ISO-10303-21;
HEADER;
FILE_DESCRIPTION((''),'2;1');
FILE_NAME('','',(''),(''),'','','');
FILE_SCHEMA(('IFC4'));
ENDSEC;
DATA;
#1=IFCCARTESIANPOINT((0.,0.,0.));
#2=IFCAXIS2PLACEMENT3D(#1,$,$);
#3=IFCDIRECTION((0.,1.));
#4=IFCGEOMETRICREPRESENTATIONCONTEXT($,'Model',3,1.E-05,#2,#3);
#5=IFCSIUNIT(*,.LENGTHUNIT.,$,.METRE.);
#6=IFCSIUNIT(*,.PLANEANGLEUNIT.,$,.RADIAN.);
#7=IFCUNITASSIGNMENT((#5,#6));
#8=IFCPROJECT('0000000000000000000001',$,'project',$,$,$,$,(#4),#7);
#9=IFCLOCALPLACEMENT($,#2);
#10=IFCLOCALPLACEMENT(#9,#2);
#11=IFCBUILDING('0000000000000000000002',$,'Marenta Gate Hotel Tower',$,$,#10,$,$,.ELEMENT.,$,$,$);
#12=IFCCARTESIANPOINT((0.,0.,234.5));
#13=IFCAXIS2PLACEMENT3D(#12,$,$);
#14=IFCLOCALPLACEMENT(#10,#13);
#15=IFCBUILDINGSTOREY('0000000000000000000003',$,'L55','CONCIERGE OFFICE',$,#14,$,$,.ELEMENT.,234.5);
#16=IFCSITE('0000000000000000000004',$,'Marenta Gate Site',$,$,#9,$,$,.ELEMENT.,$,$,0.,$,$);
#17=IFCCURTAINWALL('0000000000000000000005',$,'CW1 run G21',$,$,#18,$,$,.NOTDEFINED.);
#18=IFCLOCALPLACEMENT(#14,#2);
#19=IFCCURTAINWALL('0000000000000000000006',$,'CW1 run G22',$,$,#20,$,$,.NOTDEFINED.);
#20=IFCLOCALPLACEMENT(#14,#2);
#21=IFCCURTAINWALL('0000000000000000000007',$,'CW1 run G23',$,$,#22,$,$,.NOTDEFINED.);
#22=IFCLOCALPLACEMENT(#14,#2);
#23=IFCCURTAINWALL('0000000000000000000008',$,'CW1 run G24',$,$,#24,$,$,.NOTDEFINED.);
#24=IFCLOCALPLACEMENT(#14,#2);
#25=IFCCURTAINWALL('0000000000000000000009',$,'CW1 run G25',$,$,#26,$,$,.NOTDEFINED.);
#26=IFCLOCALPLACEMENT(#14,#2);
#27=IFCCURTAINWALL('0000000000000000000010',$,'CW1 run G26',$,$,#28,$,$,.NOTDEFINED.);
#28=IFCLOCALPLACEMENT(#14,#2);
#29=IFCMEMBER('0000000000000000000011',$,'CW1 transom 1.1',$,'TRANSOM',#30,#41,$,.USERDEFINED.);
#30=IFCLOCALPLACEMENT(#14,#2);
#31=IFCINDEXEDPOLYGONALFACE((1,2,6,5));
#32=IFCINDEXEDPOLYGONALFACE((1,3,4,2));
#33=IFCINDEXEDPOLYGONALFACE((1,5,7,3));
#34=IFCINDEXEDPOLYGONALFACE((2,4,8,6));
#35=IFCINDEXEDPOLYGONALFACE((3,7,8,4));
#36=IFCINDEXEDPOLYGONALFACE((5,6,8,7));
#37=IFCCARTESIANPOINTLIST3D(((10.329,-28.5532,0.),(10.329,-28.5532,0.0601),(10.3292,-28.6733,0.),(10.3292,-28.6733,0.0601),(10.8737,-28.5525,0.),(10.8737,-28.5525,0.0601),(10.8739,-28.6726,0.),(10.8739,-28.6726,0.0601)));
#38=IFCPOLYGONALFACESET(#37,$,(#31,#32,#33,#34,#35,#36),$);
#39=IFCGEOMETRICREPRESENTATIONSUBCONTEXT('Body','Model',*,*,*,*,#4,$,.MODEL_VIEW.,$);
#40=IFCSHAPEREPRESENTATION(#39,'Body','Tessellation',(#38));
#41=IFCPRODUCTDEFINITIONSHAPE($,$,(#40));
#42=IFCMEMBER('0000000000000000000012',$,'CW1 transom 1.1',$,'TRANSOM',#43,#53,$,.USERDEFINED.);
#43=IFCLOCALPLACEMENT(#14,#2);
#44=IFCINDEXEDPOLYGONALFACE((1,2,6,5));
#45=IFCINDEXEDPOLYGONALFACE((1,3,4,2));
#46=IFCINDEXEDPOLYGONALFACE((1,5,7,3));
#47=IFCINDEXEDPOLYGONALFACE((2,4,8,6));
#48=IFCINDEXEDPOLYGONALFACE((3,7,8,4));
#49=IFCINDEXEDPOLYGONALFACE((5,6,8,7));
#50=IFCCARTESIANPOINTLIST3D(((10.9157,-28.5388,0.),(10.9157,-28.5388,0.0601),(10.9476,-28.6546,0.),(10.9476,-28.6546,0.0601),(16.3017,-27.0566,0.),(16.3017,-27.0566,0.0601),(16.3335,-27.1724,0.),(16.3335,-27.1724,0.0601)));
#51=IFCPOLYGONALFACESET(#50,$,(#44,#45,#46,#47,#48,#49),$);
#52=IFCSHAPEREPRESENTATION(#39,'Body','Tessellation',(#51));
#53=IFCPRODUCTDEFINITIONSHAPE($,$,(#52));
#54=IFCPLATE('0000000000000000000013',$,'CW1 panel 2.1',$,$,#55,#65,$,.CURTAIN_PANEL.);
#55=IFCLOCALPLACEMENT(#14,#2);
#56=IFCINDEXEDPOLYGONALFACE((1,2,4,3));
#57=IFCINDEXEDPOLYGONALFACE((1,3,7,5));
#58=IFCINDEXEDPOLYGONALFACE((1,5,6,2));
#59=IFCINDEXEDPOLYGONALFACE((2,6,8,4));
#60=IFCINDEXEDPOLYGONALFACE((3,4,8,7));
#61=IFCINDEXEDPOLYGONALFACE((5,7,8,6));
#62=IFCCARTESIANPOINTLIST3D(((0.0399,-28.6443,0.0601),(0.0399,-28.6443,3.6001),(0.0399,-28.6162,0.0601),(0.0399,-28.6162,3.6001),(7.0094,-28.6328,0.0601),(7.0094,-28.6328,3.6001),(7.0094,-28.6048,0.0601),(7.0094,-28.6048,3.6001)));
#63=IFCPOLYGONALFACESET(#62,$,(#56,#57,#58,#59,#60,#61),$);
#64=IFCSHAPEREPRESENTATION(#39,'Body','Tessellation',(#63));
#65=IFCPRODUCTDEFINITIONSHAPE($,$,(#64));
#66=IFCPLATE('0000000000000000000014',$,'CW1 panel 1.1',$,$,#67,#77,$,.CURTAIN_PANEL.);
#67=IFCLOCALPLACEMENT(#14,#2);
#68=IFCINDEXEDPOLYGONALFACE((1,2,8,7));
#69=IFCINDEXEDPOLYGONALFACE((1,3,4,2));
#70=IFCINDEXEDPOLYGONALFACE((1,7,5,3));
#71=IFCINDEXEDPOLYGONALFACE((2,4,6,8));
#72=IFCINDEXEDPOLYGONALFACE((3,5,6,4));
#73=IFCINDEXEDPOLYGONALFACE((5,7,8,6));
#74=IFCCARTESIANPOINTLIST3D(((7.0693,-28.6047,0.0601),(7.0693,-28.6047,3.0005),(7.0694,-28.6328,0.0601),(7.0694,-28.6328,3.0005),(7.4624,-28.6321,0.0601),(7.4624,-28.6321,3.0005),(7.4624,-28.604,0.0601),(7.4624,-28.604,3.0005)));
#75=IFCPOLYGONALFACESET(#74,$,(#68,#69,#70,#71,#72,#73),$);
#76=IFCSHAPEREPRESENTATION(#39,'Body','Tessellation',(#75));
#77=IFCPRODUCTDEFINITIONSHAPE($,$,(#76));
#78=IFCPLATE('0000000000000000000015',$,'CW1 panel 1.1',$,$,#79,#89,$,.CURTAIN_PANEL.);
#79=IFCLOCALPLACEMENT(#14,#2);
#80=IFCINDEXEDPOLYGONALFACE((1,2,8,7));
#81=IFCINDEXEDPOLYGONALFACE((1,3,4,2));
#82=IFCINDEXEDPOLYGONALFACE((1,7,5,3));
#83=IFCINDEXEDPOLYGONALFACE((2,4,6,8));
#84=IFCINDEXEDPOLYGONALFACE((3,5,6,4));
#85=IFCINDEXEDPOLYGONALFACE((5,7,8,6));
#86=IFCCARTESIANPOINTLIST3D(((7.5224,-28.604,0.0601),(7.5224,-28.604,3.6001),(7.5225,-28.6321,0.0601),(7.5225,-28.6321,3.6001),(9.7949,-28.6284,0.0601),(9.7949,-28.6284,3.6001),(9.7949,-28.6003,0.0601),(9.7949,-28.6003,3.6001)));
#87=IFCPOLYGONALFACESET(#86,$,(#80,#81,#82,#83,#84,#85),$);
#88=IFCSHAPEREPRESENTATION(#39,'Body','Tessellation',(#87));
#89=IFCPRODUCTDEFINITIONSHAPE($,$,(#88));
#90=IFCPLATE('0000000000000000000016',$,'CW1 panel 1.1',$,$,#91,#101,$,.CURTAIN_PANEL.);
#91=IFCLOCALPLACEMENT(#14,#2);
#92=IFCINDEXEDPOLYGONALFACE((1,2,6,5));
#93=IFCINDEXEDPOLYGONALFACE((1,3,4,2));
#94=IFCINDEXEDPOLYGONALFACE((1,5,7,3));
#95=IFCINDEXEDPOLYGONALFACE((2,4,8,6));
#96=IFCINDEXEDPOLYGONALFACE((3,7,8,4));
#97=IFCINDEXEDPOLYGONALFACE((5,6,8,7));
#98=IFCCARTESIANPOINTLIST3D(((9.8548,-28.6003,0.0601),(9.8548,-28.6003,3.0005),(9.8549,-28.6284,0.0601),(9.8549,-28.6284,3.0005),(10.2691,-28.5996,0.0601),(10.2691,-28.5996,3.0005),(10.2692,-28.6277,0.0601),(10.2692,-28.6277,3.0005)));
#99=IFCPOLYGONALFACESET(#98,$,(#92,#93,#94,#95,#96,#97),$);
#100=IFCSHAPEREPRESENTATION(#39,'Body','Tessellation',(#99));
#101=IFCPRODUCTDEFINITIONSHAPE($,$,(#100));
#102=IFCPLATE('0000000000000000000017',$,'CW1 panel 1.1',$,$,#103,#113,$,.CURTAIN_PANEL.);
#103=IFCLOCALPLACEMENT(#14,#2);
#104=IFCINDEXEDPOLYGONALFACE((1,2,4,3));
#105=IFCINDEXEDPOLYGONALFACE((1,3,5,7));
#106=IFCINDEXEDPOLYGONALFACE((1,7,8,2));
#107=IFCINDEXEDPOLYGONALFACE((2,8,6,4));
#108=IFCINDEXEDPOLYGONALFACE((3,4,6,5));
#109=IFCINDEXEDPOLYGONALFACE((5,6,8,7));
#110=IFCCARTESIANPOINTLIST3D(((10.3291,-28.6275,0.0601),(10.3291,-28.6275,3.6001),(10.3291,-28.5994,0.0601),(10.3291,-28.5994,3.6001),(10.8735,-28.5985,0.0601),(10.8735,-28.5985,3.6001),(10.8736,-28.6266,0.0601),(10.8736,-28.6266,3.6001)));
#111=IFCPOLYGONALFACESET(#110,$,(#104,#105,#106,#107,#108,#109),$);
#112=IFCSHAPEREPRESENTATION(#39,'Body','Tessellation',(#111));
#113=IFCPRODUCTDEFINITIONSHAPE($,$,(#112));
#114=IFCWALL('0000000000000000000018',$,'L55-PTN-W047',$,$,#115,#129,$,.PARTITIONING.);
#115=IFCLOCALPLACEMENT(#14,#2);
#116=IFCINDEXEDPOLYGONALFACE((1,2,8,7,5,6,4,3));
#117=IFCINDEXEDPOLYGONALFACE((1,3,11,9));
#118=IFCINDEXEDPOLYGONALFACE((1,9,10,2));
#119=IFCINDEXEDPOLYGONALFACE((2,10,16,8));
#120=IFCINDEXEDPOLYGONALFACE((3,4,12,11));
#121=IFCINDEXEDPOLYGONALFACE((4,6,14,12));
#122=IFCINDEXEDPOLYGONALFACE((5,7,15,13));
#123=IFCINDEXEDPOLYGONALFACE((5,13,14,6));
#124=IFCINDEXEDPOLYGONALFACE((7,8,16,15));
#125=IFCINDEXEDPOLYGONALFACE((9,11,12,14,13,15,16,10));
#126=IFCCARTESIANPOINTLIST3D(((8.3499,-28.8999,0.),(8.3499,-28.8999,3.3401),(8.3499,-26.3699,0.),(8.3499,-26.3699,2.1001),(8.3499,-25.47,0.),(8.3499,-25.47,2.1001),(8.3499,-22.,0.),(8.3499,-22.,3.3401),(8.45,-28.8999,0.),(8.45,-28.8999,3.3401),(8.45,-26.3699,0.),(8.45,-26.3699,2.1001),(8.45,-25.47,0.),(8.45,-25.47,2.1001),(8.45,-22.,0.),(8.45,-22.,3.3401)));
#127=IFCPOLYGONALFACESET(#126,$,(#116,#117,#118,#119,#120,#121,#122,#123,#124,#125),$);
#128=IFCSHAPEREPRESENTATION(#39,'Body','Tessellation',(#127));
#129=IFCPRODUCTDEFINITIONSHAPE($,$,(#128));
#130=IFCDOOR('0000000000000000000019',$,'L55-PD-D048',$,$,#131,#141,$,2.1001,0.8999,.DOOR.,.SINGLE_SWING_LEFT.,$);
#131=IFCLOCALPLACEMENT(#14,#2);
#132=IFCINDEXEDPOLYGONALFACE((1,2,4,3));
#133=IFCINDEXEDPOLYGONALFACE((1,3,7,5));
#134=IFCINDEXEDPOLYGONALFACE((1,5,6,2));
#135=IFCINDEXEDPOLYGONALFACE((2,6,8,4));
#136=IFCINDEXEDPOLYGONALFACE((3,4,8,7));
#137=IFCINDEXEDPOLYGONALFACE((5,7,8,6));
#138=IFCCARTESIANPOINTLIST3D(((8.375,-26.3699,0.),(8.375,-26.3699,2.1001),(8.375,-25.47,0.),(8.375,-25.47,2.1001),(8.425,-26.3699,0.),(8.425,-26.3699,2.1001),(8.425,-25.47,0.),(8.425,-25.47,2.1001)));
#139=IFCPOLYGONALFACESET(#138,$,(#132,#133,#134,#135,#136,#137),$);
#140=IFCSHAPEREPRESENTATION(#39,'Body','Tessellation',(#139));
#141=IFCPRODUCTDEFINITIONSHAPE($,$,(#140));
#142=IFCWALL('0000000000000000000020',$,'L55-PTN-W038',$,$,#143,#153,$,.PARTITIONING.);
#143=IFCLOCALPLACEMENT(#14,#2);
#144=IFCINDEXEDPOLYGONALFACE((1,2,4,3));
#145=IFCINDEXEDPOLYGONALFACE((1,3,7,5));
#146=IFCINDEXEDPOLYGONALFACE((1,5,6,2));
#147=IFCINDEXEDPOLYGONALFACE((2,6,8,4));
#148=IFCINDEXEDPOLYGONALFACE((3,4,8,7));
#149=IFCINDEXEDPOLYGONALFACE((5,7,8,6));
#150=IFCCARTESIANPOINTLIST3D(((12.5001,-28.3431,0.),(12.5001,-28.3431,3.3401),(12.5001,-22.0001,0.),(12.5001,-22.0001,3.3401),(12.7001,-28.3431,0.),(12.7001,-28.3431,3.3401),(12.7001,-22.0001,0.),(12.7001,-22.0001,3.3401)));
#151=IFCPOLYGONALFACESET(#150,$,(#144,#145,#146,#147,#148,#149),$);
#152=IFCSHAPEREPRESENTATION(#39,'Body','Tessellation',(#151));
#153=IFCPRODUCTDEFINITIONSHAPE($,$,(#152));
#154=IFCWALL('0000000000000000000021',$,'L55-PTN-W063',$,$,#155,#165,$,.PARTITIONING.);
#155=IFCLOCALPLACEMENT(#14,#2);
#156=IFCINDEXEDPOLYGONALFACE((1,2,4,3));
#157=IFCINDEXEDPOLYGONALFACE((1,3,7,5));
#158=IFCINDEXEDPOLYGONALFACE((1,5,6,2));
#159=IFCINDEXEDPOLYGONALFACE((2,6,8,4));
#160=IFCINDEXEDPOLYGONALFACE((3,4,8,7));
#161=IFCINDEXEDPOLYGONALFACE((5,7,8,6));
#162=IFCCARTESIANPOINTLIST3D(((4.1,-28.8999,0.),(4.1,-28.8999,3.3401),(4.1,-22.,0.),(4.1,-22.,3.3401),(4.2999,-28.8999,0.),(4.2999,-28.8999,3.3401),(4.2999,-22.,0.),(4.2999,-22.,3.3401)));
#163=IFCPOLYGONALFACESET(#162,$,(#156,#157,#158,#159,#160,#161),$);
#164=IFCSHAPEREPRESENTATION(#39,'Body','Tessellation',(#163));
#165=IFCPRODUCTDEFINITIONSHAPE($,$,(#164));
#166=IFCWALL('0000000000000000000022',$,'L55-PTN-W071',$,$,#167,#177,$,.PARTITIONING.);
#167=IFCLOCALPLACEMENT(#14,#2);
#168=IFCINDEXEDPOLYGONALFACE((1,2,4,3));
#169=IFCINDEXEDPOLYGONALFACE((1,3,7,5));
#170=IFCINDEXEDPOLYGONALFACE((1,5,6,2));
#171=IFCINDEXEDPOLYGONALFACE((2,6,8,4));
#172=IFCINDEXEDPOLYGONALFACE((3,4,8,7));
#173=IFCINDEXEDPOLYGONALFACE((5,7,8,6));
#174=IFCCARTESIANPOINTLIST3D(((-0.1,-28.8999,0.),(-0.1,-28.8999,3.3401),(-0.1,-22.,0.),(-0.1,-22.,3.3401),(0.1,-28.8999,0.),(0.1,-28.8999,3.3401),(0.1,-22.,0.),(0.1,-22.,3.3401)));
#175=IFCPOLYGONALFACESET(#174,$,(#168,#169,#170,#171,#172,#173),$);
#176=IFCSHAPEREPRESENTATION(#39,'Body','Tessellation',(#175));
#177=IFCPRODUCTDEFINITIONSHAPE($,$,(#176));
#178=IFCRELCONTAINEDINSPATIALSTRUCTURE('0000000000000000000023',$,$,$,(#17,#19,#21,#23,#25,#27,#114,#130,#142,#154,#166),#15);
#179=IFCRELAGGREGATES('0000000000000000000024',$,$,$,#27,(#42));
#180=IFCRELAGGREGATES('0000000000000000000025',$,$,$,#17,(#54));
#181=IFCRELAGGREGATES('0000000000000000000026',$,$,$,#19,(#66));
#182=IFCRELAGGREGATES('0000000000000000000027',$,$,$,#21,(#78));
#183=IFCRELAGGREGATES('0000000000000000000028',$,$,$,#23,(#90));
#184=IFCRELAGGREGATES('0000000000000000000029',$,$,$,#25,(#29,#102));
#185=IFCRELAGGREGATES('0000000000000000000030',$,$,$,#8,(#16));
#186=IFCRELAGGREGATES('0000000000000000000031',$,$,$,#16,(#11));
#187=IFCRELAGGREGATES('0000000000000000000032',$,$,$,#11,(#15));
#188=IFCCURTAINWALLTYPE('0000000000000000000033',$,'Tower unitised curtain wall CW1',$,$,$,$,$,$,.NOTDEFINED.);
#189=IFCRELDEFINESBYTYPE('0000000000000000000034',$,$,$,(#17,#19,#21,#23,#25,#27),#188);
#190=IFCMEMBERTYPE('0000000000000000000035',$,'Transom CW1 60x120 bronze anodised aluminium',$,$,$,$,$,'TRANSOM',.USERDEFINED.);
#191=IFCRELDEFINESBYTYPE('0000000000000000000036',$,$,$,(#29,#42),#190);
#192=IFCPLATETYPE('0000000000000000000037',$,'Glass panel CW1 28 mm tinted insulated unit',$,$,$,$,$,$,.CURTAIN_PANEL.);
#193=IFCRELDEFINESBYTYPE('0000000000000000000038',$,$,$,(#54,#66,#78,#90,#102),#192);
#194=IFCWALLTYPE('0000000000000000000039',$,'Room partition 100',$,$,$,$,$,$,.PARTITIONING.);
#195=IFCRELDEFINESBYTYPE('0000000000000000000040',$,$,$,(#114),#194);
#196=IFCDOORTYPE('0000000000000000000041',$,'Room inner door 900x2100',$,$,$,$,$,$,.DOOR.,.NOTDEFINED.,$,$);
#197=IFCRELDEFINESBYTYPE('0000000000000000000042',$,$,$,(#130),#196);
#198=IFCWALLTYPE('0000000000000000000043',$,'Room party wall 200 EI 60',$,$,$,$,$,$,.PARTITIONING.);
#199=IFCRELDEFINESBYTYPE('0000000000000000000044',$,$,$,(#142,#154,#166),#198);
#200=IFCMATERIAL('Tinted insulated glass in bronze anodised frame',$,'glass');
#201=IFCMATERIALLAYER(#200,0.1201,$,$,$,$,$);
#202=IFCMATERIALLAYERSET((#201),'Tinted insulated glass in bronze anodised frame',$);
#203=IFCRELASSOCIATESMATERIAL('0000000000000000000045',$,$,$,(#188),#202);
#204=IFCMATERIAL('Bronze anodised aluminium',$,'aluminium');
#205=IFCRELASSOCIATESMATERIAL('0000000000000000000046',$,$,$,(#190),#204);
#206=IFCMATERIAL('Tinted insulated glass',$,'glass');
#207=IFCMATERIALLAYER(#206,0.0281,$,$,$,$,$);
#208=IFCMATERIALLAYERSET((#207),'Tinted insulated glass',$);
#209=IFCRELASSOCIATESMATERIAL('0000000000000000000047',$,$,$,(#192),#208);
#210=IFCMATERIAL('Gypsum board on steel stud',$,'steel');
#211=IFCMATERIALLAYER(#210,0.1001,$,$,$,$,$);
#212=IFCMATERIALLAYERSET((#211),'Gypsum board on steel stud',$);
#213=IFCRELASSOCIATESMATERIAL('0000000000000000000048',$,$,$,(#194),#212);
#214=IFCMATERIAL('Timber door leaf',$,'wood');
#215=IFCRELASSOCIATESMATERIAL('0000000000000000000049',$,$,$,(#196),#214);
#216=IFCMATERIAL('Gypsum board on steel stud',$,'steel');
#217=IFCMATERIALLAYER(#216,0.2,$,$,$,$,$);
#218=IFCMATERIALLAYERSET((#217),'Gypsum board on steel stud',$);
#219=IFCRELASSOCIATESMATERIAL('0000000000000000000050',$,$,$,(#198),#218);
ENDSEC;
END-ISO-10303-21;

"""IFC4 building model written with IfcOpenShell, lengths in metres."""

from ifc_helpers import new_model, si_unit, direction, frame, frame_2d, origin, origin_2d, place, context, subcontext, project, spatial, rectangle, extrude, material, layer, layer_set, material_profile, profile_set, type_object, element, fill, aggregate, save


model = new_model("IFC4")

# Units and contexts
model_context = context("Model", 3, precision=1e-05, world=origin(), true_north=direction((0.0, 1.0)))
body_context = subcontext(model_context, "Body", "Model", "MODEL_VIEW")
ifc_project = project(units=[si_unit("LENGTHUNIT", "METRE"), si_unit("PLANEANGLEUNIT", "RADIAN")], contexts=[model_context])

# Site, building, storey
site_placement = place(None, origin())
site = spatial("IfcSite", under=ifc_project, at=site_placement, Name="Marenta Gate Site", CompositionType="ELEMENT", RefElevation=0.0)
building_placement = place(site_placement, origin())
building = spatial("IfcBuilding", under=site, at=building_placement, Name="Marenta Gate Hotel Tower", CompositionType="ELEMENT")
storey_placement = place(building_placement, frame((0.0, 0.0, 234.5)))
storey = spatial("IfcBuildingStorey", under=building, at=storey_placement, Name="L55", Description="CONCIERGE OFFICE", CompositionType="ELEMENT", Elevation=234.5)

# Curtain walls
ifc_material_1 = material(Name="Tinted insulated glass in bronze anodised frame", Category="glass")
ifc_layer_1 = layer(ifc_material_1, 0.1201)
ifc_layer_set_1 = layer_set([ifc_layer_1], Name="Tinted insulated glass in bronze anodised frame")
curtain_wall_type = type_object("IfcCurtainWallType", Name="Tower unitised curtain wall CW1", PredefinedType="NOTDEFINED", material=ifc_layer_set_1)
curtain_wall_1_placement = place(storey_placement, origin())
curtain_wall_1 = element("IfcCurtainWall", 1, at=curtain_wall_1_placement, inside=storey, type_object=curtain_wall_type, Name="CW1 run G21", PredefinedType="NOTDEFINED")
curtain_wall_2_placement = place(storey_placement, origin())
curtain_wall_2 = element("IfcCurtainWall", 2, at=curtain_wall_2_placement, inside=storey, type_object=curtain_wall_type, Name="CW1 run G22", PredefinedType="NOTDEFINED")
curtain_wall_3_placement = place(storey_placement, origin())
curtain_wall_3 = element("IfcCurtainWall", 3, at=curtain_wall_3_placement, inside=storey, type_object=curtain_wall_type, Name="CW1 run G23", PredefinedType="NOTDEFINED")
curtain_wall_4_placement = place(storey_placement, origin())
curtain_wall_4 = element("IfcCurtainWall", 4, at=curtain_wall_4_placement, inside=storey, type_object=curtain_wall_type, Name="CW1 run G24", PredefinedType="NOTDEFINED")
curtain_wall_5_placement = place(storey_placement, origin())
curtain_wall_5 = element("IfcCurtainWall", 5, at=curtain_wall_5_placement, inside=storey, type_object=curtain_wall_type, Name="CW1 run G25", PredefinedType="NOTDEFINED")
curtain_wall_6_placement = place(storey_placement, origin())
curtain_wall_6 = element("IfcCurtainWall", 6, at=curtain_wall_6_placement, inside=storey, type_object=curtain_wall_type, Name="CW1 run G26", PredefinedType="NOTDEFINED")

# Members
ifc_material_2 = material(Name="Bronze anodised aluminium", Category="aluminium")
ifc_material_profile_1 = material_profile(ifc_material_2, rectangle(XDim=0.1201, YDim=0.0601, at=origin_2d()), Name="Transom CW1 60x120 bronze anodised aluminium")
ifc_profile_set_1 = profile_set([ifc_material_profile_1], Name="Bronze anodised aluminium")
member_type_1 = type_object("IfcMemberType", Name="Transom CW1 60x120 bronze anodised aluminium", ElementType="TRANSOM", PredefinedType="USERDEFINED", material=ifc_profile_set_1)
member_1_placement = place(storey_placement, frame((10.3291, -28.6133, 0.03), z_axis=(0.999999, 0.001345, 0.0), x_axis=(-0.001345, 0.999999, 0.0)))
member_1 = element("IfcMember", 7, at=member_1_placement, type_object=member_type_1, Name="CW1 transom 1.1", ObjectType="TRANSOM", PredefinedType="USERDEFINED", context=body_context, shape_type="SweptSolid", body=[
    extrude(rectangle(XDim=0.1201, YDim=0.0601, at=origin_2d()), origin(), (0.0, 0.0, 1.0), 0.5447),
])
member_2_placement = place(storey_placement, frame((10.9316, -28.5967, 0.03), z_axis=(0.964158, 0.265328, 0.0), x_axis=(-0.265328, 0.964158, 0.0)))
member_2 = element("IfcMember", 8, at=member_2_placement, type_object=member_type_1, Name="CW1 transom 1.1", ObjectType="TRANSOM", PredefinedType="USERDEFINED", context=body_context, shape_type="SweptSolid", body=[
    extrude(rectangle(XDim=0.1201, YDim=0.0601, at=origin_2d()), origin(), (0.0, 0.0, 1.0), 5.5862),
])
aggregate(curtain_wall_6, [member_2])

# Plates
ifc_material_3 = material(Name="Tinted insulated glass", Category="glass")
ifc_layer_2 = layer(ifc_material_3, 0.0281)
ifc_layer_set_2 = layer_set([ifc_layer_2], Name="Tinted insulated glass")
plate_type = type_object("IfcPlateType", Name="Glass panel CW1 28 mm tinted insulated unit", PredefinedType="CURTAIN_PANEL", material=ifc_layer_set_2)
plate_1_placement = place(storey_placement, frame((3.5247, -28.6245, 0.0601), z_axis=(0.0, 0.0, 1.0), x_axis=(0.999999, 0.001636, 0.0)))
plate_1 = element("IfcPlate", 9, at=plate_1_placement, type_object=plate_type, Name="CW1 panel 2.1", PredefinedType="CURTAIN_PANEL", context=body_context, shape_type="SweptSolid", body=[
    extrude(rectangle(XDim=6.9695, YDim=0.0281, at=origin_2d()), origin(), (0.0, 0.0, 1.0), 3.54),
])
aggregate(curtain_wall_1, [plate_1])
plate_2_placement = place(storey_placement, frame((7.2659, -28.6184, 0.0601), z_axis=(0.0, 0.0, 1.0), x_axis=(0.999998, 0.001766, 0.0)))
plate_2 = element("IfcPlate", 10, at=plate_2_placement, type_object=plate_type, Name="CW1 panel 1.1", PredefinedType="CURTAIN_PANEL", context=body_context, shape_type="SweptSolid", body=[
    extrude(rectangle(XDim=0.3931, YDim=0.0281, at=origin_2d()), origin(), (0.0, 0.0, 1.0), 2.9404),
])
aggregate(curtain_wall_2, [plate_2])
plate_3_placement = place(storey_placement, frame((8.6587, -28.6162, 0.0601), z_axis=(0.0, 0.0, 1.0), x_axis=(0.999999, 0.001629, 0.0)))
plate_3 = element("IfcPlate", 11, at=plate_3_placement, type_object=plate_type, Name="CW1 panel 1.1", PredefinedType="CURTAIN_PANEL", context=body_context, shape_type="SweptSolid", body=[
    extrude(rectangle(XDim=2.2725, YDim=0.0281, at=origin_2d()), origin(), (0.0, 0.0, 1.0), 3.54),
])
aggregate(curtain_wall_3, [plate_3])
plate_4_placement = place(storey_placement, frame((10.062, -28.614, 0.0601), z_axis=(0.0, 0.0, 1.0), x_axis=(0.999999, 0.001687, 0.0)))
plate_4 = element("IfcPlate", 12, at=plate_4_placement, type_object=plate_type, Name="CW1 panel 1.1", PredefinedType="CURTAIN_PANEL", context=body_context, shape_type="SweptSolid", body=[
    extrude(rectangle(XDim=0.4143, YDim=0.0281, at=origin_2d()), origin(), (0.0, 0.0, 1.0), 2.9404),
])
aggregate(curtain_wall_4, [plate_4])
plate_5_placement = place(storey_placement, frame((10.6013, -28.613, 0.0601), z_axis=(0.0, 0.0, 1.0), x_axis=(0.999999, 0.001654, 0.0)))
plate_5 = element("IfcPlate", 13, at=plate_5_placement, type_object=plate_type, Name="CW1 panel 1.1", PredefinedType="CURTAIN_PANEL", context=body_context, shape_type="SweptSolid", body=[
    extrude(rectangle(XDim=0.5444, YDim=0.0281, at=origin_2d()), origin(), (0.0, 0.0, 1.0), 3.54),
])
aggregate(curtain_wall_5, [member_1, plate_5])

# Wall, opening, door
ifc_material_4 = material(Name="Gypsum board on steel stud", Category="steel")
ifc_layer_3 = layer(ifc_material_4, 0.1001)
ifc_layer_set_3 = layer_set([ifc_layer_3], Name="Gypsum board on steel stud")
wall_type_1 = type_object("IfcWallType", Name="Room partition 100", PredefinedType="PARTITIONING", material=ifc_layer_set_3)
wall_1_placement = place(storey_placement, frame((8.3999, -28.8999, 0.0), z_axis=(0.0, 0.0, 1.0), x_axis=(0.0, 1.0, 0.0)))
wall_1 = element("IfcWall", 14, at=wall_1_placement, inside=storey, type_object=wall_type_1, Name="L55-PTN-W047", PredefinedType="PARTITIONING", context=body_context, shape_type="SweptSolid", body=[
    extrude(rectangle(XDim=6.8999, YDim=0.1001, at=frame_2d((3.45, 0.0))), origin(), (0.0, 0.0, 1.0), 3.3401),
])
opening_placement = place(wall_1_placement, frame((2.53, 0.0, 0.0)))
opening = element("IfcOpeningElement", 15, at=opening_placement, cuts=wall_1, PredefinedType="OPENING", context=body_context, shape_type="SweptSolid", body=[
    extrude(rectangle(XDim=0.8999, YDim=2.1001, at=frame_2d((0.45, 1.05))), frame((0.0, 0.05, 0.0), z_axis=(0.0, -1.0, 0.0), x_axis=(1.0, 0.0, 0.0)), (0.0, 0.0, 1.0), 0.1001),
])
ifc_material_5 = material(Name="Timber door leaf", Category="wood")
door_type = type_object("IfcDoorType", Name="Room inner door 900x2100", OperationType="NOTDEFINED", PredefinedType="DOOR", material=ifc_material_5)
door_placement = place(opening_placement, origin())
door = element("IfcDoor", 16, at=door_placement, inside=storey, type_object=door_type, Name="L55-PD-D048", OperationType="SINGLE_SWING_LEFT", OverallHeight=2.1001, OverallWidth=0.8999, PredefinedType="DOOR", context=body_context, shape_type="SweptSolid", body=[
    extrude(rectangle(XDim=0.8999, YDim=2.1001, at=frame_2d((0.45, 1.05))), frame((0.0, 0.0249, 0.0), z_axis=(0.0, -1.0, 0.0), x_axis=(1.0, 0.0, 0.0)), (0.0, 0.0, 1.0), 0.05),
])
fill(opening, door)

# Walls
ifc_material_6 = material(Name="Gypsum board on steel stud", Category="steel")
ifc_layer_4 = layer(ifc_material_6, 0.2)
ifc_layer_set_4 = layer_set([ifc_layer_4], Name="Gypsum board on steel stud")
wall_type_2 = type_object("IfcWallType", Name="Room party wall 200 EI 60", PredefinedType="PARTITIONING", material=ifc_layer_set_4)
wall_2_placement = place(storey_placement, frame((12.6001, -28.343, 0.0), z_axis=(0.0, 0.0, 1.0), x_axis=(0.0, 1.0, 0.0)))
element("IfcWall", 17, at=wall_2_placement, inside=storey, type_object=wall_type_2, Name="L55-PTN-W038", PredefinedType="PARTITIONING", context=body_context, shape_type="SweptSolid", body=[
    extrude(rectangle(XDim=6.343, YDim=0.2, at=frame_2d((3.1714, 0.0))), origin(), (0.0, 0.0, 1.0), 3.3401),
])
for number, where, z_axis, x_axis, name in (
    (18, (4.2, -28.8999, 0.0), (0.0, 0.0, 1.0), (0.0, 1.0, 0.0), "L55-PTN-W063"),
    (19, (0.0, -28.8999, 0.0), (0.0, 0.0, 1.0), (0.0, 1.0, 0.0), "L55-PTN-W071"),
):
    element("IfcWall", number, at=place(storey_placement, frame(where, z_axis=z_axis, x_axis=x_axis)), inside=storey, type_object=wall_type_2, Name=name, PredefinedType="PARTITIONING", context=body_context, shape_type="SweptSolid", body=[
        extrude(rectangle(XDim=6.8999, YDim=0.2, at=frame_2d((3.45, 0.0))), origin(), (0.0, 0.0, 1.0), 3.3401),
    ])

save(model, "model.ifc")
